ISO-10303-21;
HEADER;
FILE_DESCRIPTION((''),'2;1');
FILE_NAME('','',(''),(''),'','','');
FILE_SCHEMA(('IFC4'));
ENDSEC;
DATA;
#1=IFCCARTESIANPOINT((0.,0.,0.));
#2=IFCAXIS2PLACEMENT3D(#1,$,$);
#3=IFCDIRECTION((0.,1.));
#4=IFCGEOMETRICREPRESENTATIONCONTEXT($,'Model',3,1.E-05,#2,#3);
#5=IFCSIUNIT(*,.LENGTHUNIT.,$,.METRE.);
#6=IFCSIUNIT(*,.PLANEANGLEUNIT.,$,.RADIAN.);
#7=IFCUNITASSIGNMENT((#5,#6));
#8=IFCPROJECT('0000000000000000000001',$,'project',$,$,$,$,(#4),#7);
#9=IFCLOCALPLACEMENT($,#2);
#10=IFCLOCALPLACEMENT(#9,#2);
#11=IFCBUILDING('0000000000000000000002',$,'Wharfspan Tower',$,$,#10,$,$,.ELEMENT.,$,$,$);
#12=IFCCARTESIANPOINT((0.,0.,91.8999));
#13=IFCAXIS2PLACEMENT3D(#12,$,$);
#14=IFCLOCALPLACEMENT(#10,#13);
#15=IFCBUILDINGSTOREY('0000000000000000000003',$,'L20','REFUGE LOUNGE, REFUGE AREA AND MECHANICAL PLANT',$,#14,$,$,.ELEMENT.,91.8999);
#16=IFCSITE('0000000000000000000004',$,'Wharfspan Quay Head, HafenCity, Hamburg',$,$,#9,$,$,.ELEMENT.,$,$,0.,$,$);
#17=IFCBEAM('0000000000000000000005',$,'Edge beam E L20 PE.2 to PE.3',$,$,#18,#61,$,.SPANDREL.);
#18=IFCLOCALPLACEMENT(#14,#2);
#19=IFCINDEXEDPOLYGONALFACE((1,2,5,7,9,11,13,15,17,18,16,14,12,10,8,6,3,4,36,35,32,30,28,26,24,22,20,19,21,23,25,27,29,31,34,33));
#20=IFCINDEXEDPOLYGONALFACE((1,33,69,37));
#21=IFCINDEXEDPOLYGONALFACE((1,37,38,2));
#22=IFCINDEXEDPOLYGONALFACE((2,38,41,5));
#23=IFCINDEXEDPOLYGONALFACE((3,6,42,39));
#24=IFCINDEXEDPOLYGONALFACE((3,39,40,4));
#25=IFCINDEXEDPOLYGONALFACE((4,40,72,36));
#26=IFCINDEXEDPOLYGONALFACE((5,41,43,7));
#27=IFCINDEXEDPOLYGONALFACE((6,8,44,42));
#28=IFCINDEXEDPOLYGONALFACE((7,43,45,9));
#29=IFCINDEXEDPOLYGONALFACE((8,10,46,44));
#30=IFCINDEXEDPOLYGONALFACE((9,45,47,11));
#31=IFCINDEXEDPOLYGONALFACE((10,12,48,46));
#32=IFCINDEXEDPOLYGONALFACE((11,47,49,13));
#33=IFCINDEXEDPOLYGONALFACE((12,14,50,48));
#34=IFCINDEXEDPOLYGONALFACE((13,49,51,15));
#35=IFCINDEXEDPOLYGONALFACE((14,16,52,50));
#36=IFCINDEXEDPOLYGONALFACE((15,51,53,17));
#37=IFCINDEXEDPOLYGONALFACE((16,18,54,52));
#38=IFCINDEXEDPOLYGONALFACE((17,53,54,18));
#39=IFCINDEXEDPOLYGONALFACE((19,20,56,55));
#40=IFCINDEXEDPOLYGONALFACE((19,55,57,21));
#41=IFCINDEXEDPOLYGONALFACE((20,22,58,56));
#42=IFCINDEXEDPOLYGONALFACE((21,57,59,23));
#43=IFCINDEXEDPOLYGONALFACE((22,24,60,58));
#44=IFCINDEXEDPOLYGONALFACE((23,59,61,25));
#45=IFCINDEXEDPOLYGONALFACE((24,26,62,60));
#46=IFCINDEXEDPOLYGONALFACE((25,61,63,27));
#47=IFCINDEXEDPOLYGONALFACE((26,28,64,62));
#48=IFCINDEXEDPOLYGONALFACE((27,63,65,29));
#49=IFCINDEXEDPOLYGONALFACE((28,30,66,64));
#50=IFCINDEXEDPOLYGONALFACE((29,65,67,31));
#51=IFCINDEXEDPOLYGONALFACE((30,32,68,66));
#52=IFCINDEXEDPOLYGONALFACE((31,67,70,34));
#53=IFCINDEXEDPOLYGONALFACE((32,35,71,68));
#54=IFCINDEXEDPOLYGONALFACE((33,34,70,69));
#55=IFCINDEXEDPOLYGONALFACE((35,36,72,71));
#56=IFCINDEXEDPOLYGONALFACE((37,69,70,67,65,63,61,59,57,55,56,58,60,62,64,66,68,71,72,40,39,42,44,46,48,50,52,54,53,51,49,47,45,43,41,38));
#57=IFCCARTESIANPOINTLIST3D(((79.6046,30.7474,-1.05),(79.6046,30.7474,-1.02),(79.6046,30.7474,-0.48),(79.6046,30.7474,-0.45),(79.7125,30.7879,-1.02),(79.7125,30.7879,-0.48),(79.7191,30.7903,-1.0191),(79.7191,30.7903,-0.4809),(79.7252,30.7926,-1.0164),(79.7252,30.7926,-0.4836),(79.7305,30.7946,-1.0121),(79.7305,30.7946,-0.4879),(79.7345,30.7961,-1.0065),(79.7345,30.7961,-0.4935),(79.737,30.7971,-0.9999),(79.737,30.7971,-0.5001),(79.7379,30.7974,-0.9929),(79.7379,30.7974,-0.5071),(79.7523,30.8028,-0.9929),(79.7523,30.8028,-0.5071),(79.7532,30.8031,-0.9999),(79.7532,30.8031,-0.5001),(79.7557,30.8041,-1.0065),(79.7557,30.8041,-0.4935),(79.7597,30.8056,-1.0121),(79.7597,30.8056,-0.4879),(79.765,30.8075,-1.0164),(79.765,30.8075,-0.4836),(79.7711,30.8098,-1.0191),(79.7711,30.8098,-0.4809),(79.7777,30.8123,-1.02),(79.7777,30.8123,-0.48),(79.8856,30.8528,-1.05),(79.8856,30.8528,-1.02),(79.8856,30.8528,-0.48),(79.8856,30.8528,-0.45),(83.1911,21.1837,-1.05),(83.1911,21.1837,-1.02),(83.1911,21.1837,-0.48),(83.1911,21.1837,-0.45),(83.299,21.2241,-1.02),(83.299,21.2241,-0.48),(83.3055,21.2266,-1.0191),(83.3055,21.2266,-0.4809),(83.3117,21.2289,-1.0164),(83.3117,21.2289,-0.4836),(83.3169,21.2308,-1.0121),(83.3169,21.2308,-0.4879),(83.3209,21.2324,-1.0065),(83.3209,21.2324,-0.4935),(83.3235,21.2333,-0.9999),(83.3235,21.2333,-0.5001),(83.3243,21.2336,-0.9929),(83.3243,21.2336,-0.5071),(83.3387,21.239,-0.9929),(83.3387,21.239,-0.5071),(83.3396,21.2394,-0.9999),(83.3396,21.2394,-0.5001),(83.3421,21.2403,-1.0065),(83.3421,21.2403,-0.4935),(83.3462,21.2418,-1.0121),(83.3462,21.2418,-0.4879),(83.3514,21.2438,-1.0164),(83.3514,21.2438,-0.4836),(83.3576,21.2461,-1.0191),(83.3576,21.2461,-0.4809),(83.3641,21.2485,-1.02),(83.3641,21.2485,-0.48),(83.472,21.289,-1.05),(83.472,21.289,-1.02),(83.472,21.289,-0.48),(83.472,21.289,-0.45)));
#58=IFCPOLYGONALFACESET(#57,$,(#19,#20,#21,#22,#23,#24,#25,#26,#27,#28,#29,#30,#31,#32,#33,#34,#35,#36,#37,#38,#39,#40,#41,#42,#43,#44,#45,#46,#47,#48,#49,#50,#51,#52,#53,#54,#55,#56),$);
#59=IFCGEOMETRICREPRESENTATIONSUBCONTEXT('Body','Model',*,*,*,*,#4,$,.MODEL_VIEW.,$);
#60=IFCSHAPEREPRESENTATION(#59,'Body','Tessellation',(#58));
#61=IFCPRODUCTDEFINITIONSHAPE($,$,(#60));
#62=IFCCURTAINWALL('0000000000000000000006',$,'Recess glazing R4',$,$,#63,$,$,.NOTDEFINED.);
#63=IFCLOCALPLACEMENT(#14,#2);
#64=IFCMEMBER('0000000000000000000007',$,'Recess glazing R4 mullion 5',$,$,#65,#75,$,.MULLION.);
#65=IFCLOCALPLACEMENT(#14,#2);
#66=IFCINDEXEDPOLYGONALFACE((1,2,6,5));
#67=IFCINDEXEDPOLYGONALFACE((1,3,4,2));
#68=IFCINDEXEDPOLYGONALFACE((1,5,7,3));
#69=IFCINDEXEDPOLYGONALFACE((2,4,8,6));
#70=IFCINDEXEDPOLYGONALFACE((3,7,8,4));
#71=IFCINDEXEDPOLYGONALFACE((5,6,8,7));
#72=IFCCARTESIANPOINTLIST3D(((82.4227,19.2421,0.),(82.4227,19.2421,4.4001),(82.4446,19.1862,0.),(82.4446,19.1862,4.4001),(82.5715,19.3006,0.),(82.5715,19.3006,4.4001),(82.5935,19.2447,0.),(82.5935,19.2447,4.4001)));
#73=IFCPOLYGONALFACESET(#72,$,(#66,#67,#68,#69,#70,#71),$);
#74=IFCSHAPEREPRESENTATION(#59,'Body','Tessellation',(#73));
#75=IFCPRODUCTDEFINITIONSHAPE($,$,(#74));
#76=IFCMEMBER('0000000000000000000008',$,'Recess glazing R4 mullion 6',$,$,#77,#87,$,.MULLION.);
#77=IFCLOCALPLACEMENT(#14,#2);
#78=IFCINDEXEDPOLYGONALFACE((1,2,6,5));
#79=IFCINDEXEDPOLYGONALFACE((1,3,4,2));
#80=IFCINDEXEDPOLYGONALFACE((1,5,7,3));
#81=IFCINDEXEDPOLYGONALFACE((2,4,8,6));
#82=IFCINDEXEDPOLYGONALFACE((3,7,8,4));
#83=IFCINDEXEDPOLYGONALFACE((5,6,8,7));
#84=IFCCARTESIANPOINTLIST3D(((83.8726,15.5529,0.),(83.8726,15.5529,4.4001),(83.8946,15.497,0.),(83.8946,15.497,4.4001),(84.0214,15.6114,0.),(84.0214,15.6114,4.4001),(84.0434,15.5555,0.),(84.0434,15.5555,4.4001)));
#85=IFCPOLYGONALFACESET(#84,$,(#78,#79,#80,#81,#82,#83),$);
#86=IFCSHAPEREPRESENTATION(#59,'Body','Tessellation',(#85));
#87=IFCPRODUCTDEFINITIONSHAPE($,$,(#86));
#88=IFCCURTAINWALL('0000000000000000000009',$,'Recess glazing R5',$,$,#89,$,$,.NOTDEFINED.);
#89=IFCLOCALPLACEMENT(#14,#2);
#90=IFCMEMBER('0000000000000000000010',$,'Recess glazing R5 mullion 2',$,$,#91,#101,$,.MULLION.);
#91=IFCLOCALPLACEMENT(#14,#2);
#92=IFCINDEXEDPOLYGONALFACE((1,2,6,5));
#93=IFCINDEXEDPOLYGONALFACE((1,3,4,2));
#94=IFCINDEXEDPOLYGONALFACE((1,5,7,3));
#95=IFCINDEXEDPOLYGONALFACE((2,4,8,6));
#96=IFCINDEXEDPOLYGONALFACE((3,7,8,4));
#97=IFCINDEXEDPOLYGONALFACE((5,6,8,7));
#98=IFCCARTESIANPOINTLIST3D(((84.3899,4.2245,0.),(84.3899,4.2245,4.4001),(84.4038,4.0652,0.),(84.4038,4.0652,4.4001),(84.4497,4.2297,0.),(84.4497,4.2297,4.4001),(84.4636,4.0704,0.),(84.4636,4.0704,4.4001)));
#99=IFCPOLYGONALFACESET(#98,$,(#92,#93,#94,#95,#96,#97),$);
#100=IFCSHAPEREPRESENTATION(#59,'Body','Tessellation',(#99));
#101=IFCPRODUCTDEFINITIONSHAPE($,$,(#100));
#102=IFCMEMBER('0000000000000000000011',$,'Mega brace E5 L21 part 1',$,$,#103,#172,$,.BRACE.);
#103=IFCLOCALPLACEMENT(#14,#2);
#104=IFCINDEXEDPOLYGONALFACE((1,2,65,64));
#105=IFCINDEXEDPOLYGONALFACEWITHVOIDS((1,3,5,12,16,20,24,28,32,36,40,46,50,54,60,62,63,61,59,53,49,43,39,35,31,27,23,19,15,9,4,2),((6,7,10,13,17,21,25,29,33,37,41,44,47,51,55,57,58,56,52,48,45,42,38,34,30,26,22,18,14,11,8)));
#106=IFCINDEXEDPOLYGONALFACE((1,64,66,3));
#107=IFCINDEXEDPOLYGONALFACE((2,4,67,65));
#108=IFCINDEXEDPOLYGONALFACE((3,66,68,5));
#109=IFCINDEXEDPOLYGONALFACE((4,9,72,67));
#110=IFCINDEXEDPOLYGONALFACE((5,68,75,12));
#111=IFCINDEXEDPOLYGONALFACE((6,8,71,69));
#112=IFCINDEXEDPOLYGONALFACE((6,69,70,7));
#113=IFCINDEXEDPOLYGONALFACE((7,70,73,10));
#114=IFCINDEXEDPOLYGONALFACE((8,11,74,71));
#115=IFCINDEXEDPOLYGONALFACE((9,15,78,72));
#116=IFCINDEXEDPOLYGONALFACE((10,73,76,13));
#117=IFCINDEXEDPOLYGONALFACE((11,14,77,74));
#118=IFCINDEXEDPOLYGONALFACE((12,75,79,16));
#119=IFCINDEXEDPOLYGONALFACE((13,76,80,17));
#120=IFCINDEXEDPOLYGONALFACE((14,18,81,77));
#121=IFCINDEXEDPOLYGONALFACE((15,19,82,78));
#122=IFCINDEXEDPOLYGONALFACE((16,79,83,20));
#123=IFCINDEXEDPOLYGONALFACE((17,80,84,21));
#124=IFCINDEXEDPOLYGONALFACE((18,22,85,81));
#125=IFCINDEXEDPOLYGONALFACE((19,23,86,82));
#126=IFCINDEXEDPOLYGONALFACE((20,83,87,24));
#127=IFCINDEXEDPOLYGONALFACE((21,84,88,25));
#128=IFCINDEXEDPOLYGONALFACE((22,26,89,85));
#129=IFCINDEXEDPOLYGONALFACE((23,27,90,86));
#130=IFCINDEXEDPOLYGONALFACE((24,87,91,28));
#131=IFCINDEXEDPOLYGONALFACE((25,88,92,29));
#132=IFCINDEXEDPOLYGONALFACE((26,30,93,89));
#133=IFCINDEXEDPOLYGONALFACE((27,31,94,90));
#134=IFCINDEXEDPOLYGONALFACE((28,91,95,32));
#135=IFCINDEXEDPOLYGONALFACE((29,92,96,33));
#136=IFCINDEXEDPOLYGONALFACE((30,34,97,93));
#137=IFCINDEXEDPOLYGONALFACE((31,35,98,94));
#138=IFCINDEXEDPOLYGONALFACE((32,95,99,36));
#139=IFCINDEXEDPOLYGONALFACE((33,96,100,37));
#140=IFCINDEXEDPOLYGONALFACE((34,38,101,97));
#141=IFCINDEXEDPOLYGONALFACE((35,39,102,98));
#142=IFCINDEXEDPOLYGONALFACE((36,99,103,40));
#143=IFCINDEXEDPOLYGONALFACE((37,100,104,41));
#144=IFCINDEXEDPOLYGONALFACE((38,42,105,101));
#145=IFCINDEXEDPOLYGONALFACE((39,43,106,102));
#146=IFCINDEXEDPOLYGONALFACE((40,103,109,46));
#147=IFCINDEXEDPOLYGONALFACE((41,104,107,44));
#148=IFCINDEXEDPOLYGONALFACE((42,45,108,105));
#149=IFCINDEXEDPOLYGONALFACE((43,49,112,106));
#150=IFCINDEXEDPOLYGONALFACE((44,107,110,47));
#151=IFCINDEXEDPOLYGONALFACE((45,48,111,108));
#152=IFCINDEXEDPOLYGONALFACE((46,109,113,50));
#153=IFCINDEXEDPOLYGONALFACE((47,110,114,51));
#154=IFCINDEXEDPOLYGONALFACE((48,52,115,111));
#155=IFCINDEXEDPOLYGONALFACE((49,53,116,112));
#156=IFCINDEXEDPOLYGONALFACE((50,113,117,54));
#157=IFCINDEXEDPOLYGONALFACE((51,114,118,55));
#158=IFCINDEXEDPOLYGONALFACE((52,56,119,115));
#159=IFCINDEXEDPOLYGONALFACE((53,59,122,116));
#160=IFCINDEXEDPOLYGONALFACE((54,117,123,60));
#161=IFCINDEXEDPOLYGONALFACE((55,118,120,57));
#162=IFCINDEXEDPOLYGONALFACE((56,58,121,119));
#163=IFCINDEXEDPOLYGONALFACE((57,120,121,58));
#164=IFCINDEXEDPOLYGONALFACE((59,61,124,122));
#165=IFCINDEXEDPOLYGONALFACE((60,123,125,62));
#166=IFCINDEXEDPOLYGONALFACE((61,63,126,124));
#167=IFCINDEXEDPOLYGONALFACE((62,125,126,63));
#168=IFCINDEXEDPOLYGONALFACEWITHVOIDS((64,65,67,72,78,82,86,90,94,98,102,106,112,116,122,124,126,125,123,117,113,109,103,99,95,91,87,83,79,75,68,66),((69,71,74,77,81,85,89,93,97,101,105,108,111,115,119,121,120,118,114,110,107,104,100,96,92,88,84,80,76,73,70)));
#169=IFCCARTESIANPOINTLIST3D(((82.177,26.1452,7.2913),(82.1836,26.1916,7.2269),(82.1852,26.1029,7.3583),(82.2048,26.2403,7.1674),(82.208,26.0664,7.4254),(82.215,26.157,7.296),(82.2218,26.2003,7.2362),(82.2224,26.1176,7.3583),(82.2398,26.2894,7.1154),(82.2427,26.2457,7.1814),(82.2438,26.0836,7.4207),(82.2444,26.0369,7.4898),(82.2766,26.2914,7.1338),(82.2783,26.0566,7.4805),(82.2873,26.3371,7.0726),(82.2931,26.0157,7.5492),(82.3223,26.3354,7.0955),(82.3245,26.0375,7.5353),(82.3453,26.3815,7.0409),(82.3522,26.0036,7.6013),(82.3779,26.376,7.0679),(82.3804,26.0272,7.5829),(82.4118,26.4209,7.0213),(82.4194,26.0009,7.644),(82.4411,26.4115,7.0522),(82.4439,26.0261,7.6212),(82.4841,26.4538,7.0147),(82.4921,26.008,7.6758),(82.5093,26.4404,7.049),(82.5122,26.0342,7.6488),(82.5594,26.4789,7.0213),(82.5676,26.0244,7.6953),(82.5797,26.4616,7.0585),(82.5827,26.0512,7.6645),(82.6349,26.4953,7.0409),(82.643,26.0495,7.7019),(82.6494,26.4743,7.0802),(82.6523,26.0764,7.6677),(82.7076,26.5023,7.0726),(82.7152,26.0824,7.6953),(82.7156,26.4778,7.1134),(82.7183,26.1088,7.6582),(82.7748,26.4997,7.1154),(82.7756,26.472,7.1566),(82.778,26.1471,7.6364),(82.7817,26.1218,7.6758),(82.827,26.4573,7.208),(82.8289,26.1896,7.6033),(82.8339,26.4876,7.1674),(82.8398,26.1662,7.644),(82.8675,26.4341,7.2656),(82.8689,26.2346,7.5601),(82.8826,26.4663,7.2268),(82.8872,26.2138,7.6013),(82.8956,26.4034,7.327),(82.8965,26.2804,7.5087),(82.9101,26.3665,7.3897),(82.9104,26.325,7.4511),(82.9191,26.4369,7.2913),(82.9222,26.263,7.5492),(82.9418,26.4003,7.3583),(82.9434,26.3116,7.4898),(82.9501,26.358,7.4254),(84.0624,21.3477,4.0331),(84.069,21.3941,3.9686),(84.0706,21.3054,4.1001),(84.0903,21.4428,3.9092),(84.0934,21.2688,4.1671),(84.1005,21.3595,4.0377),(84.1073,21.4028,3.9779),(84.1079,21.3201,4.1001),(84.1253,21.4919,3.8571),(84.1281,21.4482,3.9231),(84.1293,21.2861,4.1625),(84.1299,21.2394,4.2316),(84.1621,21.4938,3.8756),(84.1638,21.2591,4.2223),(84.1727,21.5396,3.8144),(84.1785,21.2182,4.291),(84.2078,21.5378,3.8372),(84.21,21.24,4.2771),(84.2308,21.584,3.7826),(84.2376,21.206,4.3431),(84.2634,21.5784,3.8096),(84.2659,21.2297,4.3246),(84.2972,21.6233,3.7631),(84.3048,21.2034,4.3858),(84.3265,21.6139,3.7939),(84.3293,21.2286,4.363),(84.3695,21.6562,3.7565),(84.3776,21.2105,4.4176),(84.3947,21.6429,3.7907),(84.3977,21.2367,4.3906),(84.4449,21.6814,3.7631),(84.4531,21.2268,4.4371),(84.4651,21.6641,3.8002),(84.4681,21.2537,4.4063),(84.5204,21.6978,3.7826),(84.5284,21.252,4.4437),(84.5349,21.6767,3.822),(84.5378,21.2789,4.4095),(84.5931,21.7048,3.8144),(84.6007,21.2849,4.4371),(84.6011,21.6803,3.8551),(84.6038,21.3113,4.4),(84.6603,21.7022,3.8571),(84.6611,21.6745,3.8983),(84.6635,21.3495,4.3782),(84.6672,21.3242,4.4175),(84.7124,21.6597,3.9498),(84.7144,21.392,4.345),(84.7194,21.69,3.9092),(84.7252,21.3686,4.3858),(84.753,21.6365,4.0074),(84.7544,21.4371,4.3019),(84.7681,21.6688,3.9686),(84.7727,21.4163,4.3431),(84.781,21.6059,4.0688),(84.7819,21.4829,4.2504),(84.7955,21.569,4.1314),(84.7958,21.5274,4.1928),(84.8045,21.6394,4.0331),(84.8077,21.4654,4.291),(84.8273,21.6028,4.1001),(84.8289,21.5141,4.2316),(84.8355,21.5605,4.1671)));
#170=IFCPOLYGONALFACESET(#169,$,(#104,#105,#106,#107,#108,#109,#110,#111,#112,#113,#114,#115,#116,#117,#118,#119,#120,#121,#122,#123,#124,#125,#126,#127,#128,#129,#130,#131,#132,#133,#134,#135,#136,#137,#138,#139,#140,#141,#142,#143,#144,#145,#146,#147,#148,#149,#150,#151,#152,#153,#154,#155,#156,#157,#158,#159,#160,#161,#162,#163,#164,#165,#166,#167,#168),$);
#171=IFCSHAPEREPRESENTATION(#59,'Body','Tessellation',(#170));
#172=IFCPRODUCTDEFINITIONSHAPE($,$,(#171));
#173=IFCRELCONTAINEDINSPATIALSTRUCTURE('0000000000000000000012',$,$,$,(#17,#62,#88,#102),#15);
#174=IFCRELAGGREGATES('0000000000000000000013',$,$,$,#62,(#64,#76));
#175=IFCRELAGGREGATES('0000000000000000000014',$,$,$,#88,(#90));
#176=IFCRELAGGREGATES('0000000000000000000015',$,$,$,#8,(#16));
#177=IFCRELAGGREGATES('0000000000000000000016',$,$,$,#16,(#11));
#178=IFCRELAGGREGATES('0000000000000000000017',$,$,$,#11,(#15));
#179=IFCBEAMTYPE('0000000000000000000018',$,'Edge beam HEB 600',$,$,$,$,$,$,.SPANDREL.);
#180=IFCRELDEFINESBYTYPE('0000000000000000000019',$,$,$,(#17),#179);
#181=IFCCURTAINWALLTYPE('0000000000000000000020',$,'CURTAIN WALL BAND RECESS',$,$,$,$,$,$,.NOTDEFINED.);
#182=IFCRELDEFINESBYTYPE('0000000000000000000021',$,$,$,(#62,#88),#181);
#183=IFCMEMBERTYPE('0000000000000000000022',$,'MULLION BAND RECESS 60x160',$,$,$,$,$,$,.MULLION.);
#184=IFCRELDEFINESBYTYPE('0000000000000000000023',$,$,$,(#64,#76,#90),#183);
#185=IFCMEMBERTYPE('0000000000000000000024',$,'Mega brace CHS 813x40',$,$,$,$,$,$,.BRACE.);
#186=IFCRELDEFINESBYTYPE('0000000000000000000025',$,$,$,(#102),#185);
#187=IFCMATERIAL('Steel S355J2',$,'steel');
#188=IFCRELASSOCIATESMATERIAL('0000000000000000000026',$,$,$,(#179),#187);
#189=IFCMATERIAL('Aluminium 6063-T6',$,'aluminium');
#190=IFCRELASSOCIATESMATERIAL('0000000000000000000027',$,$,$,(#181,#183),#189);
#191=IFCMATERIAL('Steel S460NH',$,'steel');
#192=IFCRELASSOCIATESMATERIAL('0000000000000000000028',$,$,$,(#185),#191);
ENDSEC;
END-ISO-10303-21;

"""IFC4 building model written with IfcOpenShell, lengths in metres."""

from ifc_helpers import new_model, si_unit, direction, frame, origin, origin_2d, place, context, subcontext, project, spatial, rectangle, hollow_circle, i_section, extrude, material, material_profile, profile_set, type_object, element, aggregate, save


model = new_model("IFC4")

# Units and contexts
model_context = context("Model", 3, precision=1e-05, world=origin(), true_north=direction((0.0, 1.0)))
body_context = subcontext(model_context, "Body", "Model", "MODEL_VIEW")
ifc_project = project(units=[si_unit("LENGTHUNIT", "METRE"), si_unit("PLANEANGLEUNIT", "RADIAN")], contexts=[model_context])

# Site, building, storey
site_placement = place(None, origin())
site = spatial("IfcSite", under=ifc_project, at=site_placement, Name="Wharfspan Quay Head, HafenCity, Hamburg", CompositionType="ELEMENT", RefElevation=0.0)
building_placement = place(site_placement, origin())
building = spatial("IfcBuilding", under=site, at=building_placement, Name="Wharfspan Tower", CompositionType="ELEMENT")
storey_placement = place(building_placement, frame((0.0, 0.0, 91.8999)))
storey = spatial("IfcBuildingStorey", under=building, at=storey_placement, Name="L20", Description="REFUGE LOUNGE, REFUGE AREA AND MECHANICAL PLANT", CompositionType="ELEMENT", Elevation=91.8999)

# Shared definitions
ifc_material_1 = material(Name="Steel S355J2", Category="steel")

# Beam
ifc_material_profile_1 = material_profile(ifc_material_1, i_section(OverallWidth=0.3, OverallDepth=0.6001, WebThickness=0.0154, FlangeThickness=0.03, FilletRadius=0.0271, at=origin_2d()))
ifc_profile_set_1 = profile_set([ifc_material_profile_1], Name="Steel S355J2")
beam_type = type_object("IfcBeamType", Name="Edge beam HEB 600", PredefinedType="SPANDREL", material=ifc_profile_set_1)
beam_placement = place(storey_placement, frame((83.3315, 21.2363, -0.75), z_axis=(-0.351126, 0.936328, 0.0), x_axis=(-0.936328, -0.351126, 0.0)))
element("IfcBeam", 1, at=beam_placement, inside=storey, type_object=beam_type, Name="Edge beam E L20 PE.2 to PE.3", PredefinedType="SPANDREL", context=body_context, shape_type="SweptSolid", body=[
    extrude(i_section(OverallWidth=0.3, OverallDepth=0.6001, WebThickness=0.0154, FlangeThickness=0.03, FilletRadius=0.0271, at=origin_2d()), origin(), (0.0, 0.0, 1.0), 10.2141),
])

# Curtain wall, members
ifc_material_2 = material(Name="Aluminium 6063-T6", Category="aluminium")
curtain_wall_type = type_object("IfcCurtainWallType", Name="CURTAIN WALL BAND RECESS", PredefinedType="NOTDEFINED", material=ifc_material_2)
curtain_wall_1_placement = place(storey_placement, origin())
curtain_wall_1 = element("IfcCurtainWall", 2, at=curtain_wall_1_placement, inside=storey, type_object=curtain_wall_type, Name="Recess glazing R4", PredefinedType="NOTDEFINED")
ifc_material_profile_2 = material_profile(ifc_material_2, rectangle(XDim=0.1599, YDim=0.0601, at=origin_2d()))
ifc_profile_set_2 = profile_set([ifc_material_profile_2], Name="Aluminium 6063-T6")
member_type_1 = type_object("IfcMemberType", Name="MULLION BAND RECESS 60x160", PredefinedType="MULLION", material=ifc_profile_set_2)
member_1_placement = place(storey_placement, frame((82.5081, 19.2434, 0.0), z_axis=(0.0, 0.0, 1.0), x_axis=(0.930702, 0.365778, 0.0)))
member_1 = element("IfcMember", 3, at=member_1_placement, type_object=member_type_1, Name="Recess glazing R4 mullion 5", PredefinedType="MULLION", context=body_context, shape_type="SweptSolid", body=[
    extrude(rectangle(XDim=0.1599, YDim=0.0601, at=origin_2d()), origin(), (0.0, 0.0, 1.0), 4.4001),
])
member_2_placement = place(storey_placement, frame((83.958, 15.5542, 0.0), z_axis=(0.0, 0.0, 1.0), x_axis=(0.930702, 0.365778, 0.0)))
member_2 = element("IfcMember", 4, at=member_2_placement, type_object=member_type_1, Name="Recess glazing R4 mullion 6", PredefinedType="MULLION", context=body_context, shape_type="SweptSolid", body=[
    extrude(rectangle(XDim=0.1599, YDim=0.0601, at=origin_2d()), origin(), (0.0, 0.0, 1.0), 4.4001),
])

# Curtain wall, member
curtain_wall_2_placement = place(storey_placement, origin())
curtain_wall_2 = element("IfcCurtainWall", 5, at=curtain_wall_2_placement, inside=storey, type_object=curtain_wall_type, Name="Recess glazing R5", PredefinedType="NOTDEFINED")
member_3_placement = place(storey_placement, frame((84.4268, 4.1475, 0.0), z_axis=(0.0, 0.0, 1.0), x_axis=(0.087156, -0.996198, 0.0)))
member_3 = element("IfcMember", 6, at=member_3_placement, type_object=member_type_1, Name="Recess glazing R5 mullion 2", PredefinedType="MULLION", context=body_context, shape_type="SweptSolid", body=[
    extrude(rectangle(XDim=0.1599, YDim=0.0601, at=origin_2d()), origin(), (0.0, 0.0, 1.0), 4.4001),
])

# Member
ifc_material_3 = material(Name="Steel S460NH", Category="steel")
ifc_material_profile_3 = material_profile(ifc_material_3, hollow_circle(Radius=0.4065, WallThickness=0.04, at=origin_2d()))
ifc_profile_set_3 = profile_set([ifc_material_profile_3], Name="Steel S460NH")
member_type_2 = type_object("IfcMemberType", Name="Mega brace CHS 813x40", PredefinedType="BRACE", material=ifc_profile_set_3)
member_4_placement = place(storey_placement, frame((84.449, 21.4541, 4.1001), z_axis=(-0.309187, 0.786719, 0.534301), x_axis=(-0.930704, -0.365777, 0.000004)))
element("IfcMember", 7, at=member_4_placement, inside=storey, type_object=member_type_2, Name="Mega brace E5 L21 part 1", PredefinedType="BRACE", context=body_context, shape_type="SweptSolid", body=[
    extrude(hollow_circle(Radius=0.4065, WallThickness=0.04, at=origin_2d()), origin(), (0.0, 0.0, 1.0), 6.0981),
])

aggregate(curtain_wall_1, [member_1, member_2])
aggregate(curtain_wall_2, [member_3])

save(model, "model.ifc")
